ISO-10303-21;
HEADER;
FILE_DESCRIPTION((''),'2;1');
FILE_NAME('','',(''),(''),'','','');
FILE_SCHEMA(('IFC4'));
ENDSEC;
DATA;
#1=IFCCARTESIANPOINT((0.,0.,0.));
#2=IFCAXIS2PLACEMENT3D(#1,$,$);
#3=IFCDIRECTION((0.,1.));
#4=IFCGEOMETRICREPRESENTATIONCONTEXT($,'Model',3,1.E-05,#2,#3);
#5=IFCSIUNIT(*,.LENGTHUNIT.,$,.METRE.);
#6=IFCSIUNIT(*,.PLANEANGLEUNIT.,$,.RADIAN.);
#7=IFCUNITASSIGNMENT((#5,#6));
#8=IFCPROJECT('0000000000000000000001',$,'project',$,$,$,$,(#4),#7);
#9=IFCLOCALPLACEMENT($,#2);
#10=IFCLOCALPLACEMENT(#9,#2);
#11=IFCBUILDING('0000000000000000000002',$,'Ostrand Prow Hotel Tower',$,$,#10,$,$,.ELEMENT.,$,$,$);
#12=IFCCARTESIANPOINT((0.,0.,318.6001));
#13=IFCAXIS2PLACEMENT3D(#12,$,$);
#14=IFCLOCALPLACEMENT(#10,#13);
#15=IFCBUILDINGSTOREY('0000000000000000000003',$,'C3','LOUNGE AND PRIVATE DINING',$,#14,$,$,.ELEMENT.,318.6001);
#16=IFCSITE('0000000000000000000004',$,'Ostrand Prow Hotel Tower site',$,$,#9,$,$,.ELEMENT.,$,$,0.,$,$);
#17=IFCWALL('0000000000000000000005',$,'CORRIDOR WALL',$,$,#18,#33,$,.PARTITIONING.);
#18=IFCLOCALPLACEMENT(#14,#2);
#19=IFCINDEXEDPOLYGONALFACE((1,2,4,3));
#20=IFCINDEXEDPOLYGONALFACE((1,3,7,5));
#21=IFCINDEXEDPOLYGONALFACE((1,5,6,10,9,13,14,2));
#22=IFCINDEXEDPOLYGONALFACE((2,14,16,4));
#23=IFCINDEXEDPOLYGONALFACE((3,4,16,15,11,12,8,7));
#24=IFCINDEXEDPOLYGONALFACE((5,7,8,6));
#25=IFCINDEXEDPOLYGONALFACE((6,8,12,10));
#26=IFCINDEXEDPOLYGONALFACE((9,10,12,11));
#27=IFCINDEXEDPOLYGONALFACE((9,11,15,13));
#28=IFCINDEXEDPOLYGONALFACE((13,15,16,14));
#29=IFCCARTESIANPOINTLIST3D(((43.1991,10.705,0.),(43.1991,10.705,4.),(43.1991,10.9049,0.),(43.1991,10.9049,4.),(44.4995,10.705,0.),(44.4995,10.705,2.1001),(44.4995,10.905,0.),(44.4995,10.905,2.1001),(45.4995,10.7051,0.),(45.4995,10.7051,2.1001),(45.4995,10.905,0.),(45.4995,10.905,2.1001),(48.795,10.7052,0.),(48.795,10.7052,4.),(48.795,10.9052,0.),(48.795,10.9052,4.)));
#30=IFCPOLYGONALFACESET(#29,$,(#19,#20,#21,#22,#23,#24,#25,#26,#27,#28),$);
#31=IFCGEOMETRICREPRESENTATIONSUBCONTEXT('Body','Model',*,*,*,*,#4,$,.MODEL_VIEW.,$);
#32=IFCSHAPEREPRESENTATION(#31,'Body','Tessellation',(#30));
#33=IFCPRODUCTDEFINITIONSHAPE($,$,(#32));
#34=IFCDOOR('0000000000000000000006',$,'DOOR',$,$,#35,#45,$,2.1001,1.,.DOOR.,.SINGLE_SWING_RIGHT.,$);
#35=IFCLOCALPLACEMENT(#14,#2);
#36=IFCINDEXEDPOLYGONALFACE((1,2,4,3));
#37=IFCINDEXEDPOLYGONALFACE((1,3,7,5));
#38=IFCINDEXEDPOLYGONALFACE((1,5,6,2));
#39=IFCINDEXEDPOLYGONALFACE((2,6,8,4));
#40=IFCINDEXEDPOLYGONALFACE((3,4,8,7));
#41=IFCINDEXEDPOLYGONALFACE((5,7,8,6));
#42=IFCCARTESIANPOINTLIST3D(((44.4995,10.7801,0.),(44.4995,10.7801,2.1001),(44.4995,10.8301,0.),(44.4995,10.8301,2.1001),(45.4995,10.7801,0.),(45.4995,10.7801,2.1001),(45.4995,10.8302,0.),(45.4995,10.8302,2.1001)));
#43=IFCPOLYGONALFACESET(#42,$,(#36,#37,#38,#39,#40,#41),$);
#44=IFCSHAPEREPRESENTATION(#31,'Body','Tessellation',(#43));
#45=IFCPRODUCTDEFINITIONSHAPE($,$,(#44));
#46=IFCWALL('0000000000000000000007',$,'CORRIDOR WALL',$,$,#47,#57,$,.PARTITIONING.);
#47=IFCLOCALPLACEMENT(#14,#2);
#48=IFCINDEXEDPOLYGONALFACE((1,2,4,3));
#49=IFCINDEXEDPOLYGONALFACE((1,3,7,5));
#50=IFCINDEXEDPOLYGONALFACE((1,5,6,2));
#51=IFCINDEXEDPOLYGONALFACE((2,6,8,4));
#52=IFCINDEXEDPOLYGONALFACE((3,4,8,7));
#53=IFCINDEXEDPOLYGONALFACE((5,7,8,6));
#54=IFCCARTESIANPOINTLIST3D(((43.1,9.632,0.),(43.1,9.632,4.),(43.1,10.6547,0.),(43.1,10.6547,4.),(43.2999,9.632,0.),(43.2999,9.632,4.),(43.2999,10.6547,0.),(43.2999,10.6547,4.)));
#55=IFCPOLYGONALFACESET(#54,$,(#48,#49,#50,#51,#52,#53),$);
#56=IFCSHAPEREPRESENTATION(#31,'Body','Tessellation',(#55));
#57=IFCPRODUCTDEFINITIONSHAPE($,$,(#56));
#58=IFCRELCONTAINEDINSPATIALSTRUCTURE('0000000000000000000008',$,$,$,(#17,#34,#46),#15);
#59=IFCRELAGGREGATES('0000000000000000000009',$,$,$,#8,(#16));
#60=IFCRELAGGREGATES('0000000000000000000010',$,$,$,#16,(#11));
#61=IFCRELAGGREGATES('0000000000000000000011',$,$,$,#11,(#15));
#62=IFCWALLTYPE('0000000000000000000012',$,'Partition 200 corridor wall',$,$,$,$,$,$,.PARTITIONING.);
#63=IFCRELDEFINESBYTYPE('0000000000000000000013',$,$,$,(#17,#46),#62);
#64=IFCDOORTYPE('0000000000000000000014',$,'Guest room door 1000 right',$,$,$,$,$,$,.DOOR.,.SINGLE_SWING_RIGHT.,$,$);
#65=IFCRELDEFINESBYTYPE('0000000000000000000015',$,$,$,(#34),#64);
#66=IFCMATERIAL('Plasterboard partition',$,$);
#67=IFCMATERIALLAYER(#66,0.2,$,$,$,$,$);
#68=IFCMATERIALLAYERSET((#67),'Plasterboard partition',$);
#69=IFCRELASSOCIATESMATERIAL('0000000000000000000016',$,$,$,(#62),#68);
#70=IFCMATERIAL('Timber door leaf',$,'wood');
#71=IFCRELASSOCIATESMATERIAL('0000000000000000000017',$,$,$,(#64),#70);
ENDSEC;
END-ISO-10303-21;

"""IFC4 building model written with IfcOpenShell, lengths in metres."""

from ifc_helpers import new_model, si_unit, direction, frame, frame_2d, origin, place, context, subcontext, project, spatial, rectangle, extrude, material, layer, layer_set, type_object, element, fill, save


model = new_model("IFC4")

# Units and contexts
model_context = context("Model", 3, precision=1e-05, world=origin(), true_north=direction((0.0, 1.0)))
body_context = subcontext(model_context, "Body", "Model", "MODEL_VIEW")
ifc_project = project(units=[si_unit("LENGTHUNIT", "METRE"), si_unit("PLANEANGLEUNIT", "RADIAN")], contexts=[model_context])

# Site, building, storey
site_placement = place(None, origin())
site = spatial("IfcSite", under=ifc_project, at=site_placement, Name="Ostrand Prow Hotel Tower site", CompositionType="ELEMENT", RefElevation=0.0)
building_placement = place(site_placement, origin())
building = spatial("IfcBuilding", under=site, at=building_placement, Name="Ostrand Prow Hotel Tower", CompositionType="ELEMENT")
storey_placement = place(building_placement, frame((0.0, 0.0, 318.6001)))
storey = spatial("IfcBuildingStorey", under=building, at=storey_placement, Name="C3", Description="LOUNGE AND PRIVATE DINING", CompositionType="ELEMENT", Elevation=318.6001)

# Wall, opening, door
ifc_material_1 = material(Name="Plasterboard partition")
ifc_layer_1 = layer(ifc_material_1, 0.2)
ifc_layer_set_1 = layer_set([ifc_layer_1], Name="Plasterboard partition")
wall_type_1 = type_object("IfcWallType", Name="Partition 200 corridor wall", PredefinedType="PARTITIONING", material=ifc_layer_set_1)
wall_1_placement = place(storey_placement, frame((48.7949, 10.8052, 0.0), z_axis=(0.0, 0.0, 1.0), x_axis=(-1.0, -0.000044, 0.0)))
wall_1 = element("IfcWall", 1, at=wall_1_placement, inside=storey, type_object=wall_type_1, Name="CORRIDOR WALL", PredefinedType="PARTITIONING", context=body_context, shape_type="SweptSolid", body=[
    extrude(rectangle(XDim=5.5959, YDim=0.2, at=frame_2d((2.7979, 0.0))), origin(), (0.0, 0.0, 1.0), 4.0),
])
opening_1_placement = place(wall_1_placement, frame((3.2954, 0.0, 0.0)))
opening_1 = element("IfcOpeningElement", 2, at=opening_1_placement, cuts=wall_1, PredefinedType="OPENING", context=body_context, shape_type="SweptSolid", body=[
    extrude(rectangle(XDim=1.0, YDim=2.1001, at=frame_2d((0.5, 1.05))), frame((0.0, 0.1099, 0.0), z_axis=(0.0, -1.0, 0.0), x_axis=(1.0, 0.0, 0.0)), (0.0, 0.0, 1.0), 0.22),
])
ifc_material_2 = material(Name="Timber door leaf", Category="wood")
door_type_1 = type_object("IfcDoorType", Name="Guest room door 1000 right", OperationType="SINGLE_SWING_RIGHT", PredefinedType="DOOR", material=ifc_material_2)
door_1_placement = place(opening_1_placement, origin())
door_1 = element("IfcDoor", 3, at=door_1_placement, inside=storey, type_object=door_type_1, Name="DOOR", OperationType="SINGLE_SWING_RIGHT", OverallHeight=2.1001, OverallWidth=1.0, PredefinedType="DOOR", context=body_context, shape_type="SweptSolid", body=[
    extrude(rectangle(XDim=1.0, YDim=2.1001, at=frame_2d((0.5, 1.05))), frame((0.0, 0.0249, 0.0), z_axis=(0.0, -1.0, 0.0), x_axis=(1.0, 0.0, 0.0)), (0.0, 0.0, 1.0), 0.05),
])
fill(opening_1, door_1)

# Wall
wall_2_placement = place(storey_placement, frame((43.2, 9.6321, 0.0), z_axis=(0.0, 0.0, 1.0), x_axis=(0.0, 1.0, 0.0)))
element("IfcWall", 4, at=wall_2_placement, inside=storey, type_object=wall_type_1, Name="CORRIDOR WALL", PredefinedType="PARTITIONING", context=body_context, shape_type="SweptSolid", body=[
    extrude(rectangle(XDim=1.0227, YDim=0.2, at=frame_2d((0.5112, 0.0))), origin(), (0.0, 0.0, 1.0), 4.0),
])

save(model, "model.ifc")
